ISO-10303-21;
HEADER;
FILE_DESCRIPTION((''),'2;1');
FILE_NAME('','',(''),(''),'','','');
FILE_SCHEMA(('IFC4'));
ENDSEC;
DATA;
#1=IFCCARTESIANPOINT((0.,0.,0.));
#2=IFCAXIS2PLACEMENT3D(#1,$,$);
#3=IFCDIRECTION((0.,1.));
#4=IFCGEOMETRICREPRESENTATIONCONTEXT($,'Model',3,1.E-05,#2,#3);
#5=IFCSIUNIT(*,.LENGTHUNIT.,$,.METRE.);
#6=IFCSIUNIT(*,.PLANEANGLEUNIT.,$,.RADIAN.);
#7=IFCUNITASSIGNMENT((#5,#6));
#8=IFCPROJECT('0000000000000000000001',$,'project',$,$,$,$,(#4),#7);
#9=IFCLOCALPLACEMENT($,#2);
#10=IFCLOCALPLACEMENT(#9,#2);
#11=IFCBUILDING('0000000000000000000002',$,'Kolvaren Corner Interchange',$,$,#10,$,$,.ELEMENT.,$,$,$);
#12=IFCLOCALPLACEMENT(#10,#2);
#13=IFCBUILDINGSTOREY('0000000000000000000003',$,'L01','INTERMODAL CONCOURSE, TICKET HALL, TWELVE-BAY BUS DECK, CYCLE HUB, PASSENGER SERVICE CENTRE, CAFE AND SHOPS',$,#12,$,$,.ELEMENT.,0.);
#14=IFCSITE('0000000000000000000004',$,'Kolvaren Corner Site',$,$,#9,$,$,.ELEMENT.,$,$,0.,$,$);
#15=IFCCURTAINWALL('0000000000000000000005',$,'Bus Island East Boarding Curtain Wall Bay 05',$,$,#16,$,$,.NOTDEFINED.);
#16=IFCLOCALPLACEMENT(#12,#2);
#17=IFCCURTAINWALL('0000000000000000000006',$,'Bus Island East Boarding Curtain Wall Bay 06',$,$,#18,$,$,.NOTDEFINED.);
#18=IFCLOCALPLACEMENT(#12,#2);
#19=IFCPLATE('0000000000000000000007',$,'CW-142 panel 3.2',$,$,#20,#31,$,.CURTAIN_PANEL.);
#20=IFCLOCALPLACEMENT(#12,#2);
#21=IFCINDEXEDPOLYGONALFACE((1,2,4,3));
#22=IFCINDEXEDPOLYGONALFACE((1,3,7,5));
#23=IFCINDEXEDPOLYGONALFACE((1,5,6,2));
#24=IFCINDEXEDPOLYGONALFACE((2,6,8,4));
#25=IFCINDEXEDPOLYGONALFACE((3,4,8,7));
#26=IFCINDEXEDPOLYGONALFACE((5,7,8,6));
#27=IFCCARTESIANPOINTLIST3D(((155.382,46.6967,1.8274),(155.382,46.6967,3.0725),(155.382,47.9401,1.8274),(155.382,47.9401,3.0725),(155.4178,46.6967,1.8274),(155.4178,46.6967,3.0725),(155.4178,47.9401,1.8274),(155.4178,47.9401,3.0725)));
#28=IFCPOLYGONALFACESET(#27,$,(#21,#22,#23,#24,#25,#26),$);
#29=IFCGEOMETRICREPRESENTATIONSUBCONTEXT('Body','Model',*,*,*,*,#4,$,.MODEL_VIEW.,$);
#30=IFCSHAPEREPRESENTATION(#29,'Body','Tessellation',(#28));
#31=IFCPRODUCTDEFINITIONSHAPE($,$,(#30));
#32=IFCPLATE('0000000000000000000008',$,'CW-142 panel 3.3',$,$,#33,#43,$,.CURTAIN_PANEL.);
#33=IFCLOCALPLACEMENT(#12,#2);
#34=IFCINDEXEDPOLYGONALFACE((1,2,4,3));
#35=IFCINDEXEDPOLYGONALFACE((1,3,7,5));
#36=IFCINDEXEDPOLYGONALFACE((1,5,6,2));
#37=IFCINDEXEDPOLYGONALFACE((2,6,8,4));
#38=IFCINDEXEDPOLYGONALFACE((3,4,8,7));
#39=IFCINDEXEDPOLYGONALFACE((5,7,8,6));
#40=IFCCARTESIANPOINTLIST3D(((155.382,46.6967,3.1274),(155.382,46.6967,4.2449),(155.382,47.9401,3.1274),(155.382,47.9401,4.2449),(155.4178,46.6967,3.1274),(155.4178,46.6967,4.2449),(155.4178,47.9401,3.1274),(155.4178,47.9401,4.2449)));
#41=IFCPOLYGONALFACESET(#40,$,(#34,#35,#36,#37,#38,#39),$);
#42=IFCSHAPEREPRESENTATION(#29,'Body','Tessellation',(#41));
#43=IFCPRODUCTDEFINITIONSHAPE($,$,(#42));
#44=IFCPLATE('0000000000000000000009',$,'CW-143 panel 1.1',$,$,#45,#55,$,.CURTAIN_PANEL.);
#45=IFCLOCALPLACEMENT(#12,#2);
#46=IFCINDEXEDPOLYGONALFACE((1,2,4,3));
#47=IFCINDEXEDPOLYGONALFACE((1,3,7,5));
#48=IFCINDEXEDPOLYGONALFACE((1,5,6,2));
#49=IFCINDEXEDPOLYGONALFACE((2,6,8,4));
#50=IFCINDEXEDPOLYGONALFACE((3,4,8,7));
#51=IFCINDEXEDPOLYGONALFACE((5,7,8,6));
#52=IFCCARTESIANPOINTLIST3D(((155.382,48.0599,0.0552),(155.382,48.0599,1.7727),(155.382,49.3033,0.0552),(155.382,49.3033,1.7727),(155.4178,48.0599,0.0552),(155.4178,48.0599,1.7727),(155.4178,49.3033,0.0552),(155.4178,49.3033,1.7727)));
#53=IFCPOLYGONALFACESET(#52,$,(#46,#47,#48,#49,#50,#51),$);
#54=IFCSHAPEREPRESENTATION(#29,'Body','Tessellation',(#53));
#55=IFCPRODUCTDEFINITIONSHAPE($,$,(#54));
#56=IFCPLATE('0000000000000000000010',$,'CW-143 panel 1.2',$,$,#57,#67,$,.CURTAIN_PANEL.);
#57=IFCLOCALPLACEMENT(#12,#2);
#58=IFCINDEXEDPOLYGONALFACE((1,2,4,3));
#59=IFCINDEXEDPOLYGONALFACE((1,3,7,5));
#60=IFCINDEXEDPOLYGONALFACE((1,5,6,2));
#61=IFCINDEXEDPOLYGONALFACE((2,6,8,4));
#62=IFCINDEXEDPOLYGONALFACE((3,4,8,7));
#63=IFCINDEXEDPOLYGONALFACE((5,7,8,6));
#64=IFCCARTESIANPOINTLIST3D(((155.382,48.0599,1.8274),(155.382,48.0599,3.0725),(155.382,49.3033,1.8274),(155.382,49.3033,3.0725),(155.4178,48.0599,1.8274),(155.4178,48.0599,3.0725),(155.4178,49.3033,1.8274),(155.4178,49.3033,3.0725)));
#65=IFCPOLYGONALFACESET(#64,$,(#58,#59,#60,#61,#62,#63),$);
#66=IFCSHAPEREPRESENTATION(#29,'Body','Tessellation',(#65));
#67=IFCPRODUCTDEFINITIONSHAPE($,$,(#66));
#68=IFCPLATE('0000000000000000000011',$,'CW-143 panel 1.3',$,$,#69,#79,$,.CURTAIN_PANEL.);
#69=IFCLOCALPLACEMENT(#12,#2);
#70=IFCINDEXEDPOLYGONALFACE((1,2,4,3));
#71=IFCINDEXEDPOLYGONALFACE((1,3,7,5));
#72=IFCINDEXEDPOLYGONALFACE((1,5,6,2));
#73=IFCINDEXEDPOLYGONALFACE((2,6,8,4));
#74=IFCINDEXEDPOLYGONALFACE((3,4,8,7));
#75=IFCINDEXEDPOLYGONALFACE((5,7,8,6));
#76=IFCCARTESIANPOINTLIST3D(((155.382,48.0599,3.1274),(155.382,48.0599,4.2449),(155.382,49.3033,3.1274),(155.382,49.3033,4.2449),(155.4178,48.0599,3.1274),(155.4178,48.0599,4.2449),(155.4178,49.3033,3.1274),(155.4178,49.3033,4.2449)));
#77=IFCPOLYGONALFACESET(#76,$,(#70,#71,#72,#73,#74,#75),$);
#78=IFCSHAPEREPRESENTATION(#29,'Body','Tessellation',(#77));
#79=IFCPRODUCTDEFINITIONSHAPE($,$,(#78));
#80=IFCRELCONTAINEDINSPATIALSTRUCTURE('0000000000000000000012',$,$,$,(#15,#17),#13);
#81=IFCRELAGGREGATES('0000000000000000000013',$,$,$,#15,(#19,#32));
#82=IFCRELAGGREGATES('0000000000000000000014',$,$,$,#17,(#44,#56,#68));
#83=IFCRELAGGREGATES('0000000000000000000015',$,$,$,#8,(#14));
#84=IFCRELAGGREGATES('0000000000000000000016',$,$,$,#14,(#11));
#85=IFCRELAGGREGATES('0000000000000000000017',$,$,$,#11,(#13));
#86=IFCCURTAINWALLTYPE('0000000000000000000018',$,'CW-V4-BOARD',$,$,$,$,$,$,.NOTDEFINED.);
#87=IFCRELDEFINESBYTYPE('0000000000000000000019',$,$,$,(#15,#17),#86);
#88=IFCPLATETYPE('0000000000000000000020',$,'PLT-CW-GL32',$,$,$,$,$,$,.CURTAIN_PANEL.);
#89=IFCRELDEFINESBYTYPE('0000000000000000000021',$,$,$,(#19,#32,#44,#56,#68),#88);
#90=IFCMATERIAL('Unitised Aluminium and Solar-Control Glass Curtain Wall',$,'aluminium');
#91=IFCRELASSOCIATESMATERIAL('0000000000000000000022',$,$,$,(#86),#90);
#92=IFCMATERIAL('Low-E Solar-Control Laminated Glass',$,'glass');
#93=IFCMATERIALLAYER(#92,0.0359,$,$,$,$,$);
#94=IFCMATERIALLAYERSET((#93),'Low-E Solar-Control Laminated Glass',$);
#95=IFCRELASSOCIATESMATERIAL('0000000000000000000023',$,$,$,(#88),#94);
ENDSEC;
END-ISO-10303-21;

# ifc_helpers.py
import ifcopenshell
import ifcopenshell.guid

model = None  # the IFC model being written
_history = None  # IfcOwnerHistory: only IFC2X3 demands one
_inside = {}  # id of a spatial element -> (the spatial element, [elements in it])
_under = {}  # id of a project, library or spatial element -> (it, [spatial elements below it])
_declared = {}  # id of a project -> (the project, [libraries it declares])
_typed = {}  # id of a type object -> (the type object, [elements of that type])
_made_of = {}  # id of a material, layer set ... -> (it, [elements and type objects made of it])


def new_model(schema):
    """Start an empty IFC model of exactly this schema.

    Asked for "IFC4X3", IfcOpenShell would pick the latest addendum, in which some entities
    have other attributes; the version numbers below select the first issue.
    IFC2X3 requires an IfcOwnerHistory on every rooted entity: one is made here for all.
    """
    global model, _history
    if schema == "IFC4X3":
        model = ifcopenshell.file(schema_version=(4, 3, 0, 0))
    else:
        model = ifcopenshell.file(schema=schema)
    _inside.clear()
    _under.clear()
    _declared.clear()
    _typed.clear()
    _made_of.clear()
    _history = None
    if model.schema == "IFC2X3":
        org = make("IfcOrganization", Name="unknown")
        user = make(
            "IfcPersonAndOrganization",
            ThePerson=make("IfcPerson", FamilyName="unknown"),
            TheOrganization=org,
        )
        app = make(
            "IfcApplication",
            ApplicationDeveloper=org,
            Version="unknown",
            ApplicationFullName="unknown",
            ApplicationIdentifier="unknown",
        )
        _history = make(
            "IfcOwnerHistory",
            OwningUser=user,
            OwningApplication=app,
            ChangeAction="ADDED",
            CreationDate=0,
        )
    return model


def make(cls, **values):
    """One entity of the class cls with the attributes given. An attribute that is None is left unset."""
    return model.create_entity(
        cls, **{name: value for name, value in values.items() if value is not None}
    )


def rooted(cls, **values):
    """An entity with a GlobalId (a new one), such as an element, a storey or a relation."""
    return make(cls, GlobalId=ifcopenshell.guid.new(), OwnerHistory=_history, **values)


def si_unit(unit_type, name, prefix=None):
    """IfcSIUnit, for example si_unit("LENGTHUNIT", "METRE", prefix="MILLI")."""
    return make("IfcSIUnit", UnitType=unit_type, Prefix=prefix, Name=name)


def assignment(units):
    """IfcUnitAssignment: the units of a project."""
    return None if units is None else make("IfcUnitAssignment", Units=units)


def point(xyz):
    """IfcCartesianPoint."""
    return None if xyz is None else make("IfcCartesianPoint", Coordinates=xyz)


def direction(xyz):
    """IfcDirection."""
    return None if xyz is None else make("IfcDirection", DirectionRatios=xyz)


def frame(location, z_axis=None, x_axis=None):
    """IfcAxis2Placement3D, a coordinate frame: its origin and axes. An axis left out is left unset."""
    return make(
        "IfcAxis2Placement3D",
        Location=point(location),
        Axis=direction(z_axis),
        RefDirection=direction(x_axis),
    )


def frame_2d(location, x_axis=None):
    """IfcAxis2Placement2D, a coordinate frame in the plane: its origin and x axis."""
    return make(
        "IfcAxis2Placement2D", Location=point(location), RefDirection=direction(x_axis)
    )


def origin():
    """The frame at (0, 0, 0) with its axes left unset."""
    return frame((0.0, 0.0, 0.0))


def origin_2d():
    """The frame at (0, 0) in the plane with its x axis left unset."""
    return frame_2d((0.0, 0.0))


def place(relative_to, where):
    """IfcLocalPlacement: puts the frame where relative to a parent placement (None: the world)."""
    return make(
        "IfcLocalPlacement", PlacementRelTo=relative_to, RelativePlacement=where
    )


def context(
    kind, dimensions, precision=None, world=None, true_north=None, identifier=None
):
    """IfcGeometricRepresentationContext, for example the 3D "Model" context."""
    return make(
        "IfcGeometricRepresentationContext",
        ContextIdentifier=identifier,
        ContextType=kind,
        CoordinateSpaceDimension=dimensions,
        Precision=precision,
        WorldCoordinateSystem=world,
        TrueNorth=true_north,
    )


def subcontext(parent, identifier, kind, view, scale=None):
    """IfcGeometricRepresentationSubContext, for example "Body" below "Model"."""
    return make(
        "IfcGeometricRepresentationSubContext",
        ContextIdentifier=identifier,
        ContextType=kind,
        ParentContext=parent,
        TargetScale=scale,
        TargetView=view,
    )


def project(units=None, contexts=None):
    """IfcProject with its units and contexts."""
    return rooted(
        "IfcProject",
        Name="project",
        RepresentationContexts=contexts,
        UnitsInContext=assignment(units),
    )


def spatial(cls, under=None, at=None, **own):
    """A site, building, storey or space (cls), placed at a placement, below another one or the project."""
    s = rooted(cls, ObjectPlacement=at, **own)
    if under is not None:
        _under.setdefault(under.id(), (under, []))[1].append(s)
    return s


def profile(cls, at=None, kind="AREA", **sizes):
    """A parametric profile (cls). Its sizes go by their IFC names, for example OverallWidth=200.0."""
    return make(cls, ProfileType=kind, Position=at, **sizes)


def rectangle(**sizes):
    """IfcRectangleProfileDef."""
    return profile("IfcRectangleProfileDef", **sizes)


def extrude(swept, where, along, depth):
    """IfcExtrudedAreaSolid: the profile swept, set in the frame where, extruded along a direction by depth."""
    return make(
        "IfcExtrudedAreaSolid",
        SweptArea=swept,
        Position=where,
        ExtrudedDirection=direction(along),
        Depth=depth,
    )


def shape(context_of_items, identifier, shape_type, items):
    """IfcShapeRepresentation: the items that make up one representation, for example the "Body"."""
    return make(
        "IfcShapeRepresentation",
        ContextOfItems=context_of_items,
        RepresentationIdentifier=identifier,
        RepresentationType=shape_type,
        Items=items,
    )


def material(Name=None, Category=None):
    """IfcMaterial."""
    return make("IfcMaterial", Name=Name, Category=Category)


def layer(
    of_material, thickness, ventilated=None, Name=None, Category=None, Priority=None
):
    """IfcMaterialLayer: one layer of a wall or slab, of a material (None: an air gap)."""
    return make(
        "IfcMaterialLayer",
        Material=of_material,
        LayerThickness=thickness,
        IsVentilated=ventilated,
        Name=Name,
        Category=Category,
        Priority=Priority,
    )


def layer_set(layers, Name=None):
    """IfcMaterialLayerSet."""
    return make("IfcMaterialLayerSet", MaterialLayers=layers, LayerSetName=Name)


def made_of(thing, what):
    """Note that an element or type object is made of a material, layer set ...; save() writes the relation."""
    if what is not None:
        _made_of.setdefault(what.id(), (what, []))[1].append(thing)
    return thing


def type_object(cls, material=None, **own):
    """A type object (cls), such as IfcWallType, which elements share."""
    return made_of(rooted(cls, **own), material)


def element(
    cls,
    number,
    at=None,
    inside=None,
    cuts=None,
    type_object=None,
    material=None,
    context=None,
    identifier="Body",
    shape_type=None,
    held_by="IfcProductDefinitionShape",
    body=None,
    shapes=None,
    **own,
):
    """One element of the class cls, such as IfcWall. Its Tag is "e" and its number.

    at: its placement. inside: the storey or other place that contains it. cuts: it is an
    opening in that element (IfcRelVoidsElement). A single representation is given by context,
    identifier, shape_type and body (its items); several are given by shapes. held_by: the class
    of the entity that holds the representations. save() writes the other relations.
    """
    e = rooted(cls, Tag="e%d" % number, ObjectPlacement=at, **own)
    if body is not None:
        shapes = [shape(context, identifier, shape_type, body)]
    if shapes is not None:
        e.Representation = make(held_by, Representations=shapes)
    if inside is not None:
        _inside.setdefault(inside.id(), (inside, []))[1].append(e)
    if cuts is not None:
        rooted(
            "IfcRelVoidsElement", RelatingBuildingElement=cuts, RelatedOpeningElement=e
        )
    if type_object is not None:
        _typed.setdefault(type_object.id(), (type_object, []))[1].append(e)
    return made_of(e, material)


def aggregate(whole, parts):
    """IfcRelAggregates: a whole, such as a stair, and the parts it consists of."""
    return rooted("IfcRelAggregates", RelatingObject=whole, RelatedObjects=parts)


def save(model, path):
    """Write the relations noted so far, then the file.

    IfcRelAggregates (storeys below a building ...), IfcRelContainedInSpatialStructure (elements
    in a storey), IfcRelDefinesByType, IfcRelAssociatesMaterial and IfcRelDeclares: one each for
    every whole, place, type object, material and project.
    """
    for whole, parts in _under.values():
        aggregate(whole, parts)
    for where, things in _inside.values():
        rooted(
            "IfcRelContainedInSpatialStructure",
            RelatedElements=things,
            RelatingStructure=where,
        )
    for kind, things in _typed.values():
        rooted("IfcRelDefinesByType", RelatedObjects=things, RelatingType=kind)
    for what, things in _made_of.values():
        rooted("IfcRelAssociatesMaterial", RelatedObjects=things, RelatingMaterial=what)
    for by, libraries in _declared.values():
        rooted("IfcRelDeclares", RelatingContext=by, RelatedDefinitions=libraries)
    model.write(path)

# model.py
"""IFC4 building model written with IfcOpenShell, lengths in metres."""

from ifc_helpers import new_model, si_unit, direction, frame, origin, origin_2d, place, context, subcontext, project, spatial, rectangle, extrude, material, layer, layer_set, type_object, element, aggregate, save


model = new_model("IFC4")

# Units and contexts
model_context = context("Model", 3, precision=1e-05, world=origin(), true_north=direction((0.0, 1.0)))
body_context = subcontext(model_context, "Body", "Model", "MODEL_VIEW")
ifc_project = project(units=[si_unit("LENGTHUNIT", "METRE"), si_unit("PLANEANGLEUNIT", "RADIAN")], contexts=[model_context])

# Site, building, storey
site_placement = place(None, origin())
site = spatial("IfcSite", under=ifc_project, at=site_placement, Name="Kolvaren Corner Site", CompositionType="ELEMENT", RefElevation=0.0)
building_placement = place(site_placement, origin())
building = spatial("IfcBuilding", under=site, at=building_placement, Name="Kolvaren Corner Interchange", CompositionType="ELEMENT")
storey_placement = place(building_placement, origin())
storey = spatial("IfcBuildingStorey", under=building, at=storey_placement, Name="L01", Description="INTERMODAL CONCOURSE, TICKET HALL, TWELVE-BAY BUS DECK, CYCLE HUB, PASSENGER SERVICE CENTRE, CAFE AND SHOPS", CompositionType="ELEMENT", Elevation=0.0)

# Curtain walls
ifc_material_1 = material(Name="Unitised Aluminium and Solar-Control Glass Curtain Wall", Category="aluminium")
curtain_wall_type = type_object("IfcCurtainWallType", Name="CW-V4-BOARD", PredefinedType="NOTDEFINED", material=ifc_material_1)
curtain_wall_1_placement = place(storey_placement, origin())
curtain_wall_1 = element("IfcCurtainWall", 1, at=curtain_wall_1_placement, inside=storey, type_object=curtain_wall_type, Name="Bus Island East Boarding Curtain Wall Bay 05", PredefinedType="NOTDEFINED")
curtain_wall_2_placement = place(storey_placement, origin())
curtain_wall_2 = element("IfcCurtainWall", 2, at=curtain_wall_2_placement, inside=storey, type_object=curtain_wall_type, Name="Bus Island East Boarding Curtain Wall Bay 06", PredefinedType="NOTDEFINED")

# Plates
ifc_material_2 = material(Name="Low-E Solar-Control Laminated Glass", Category="glass")
ifc_layer = layer(ifc_material_2, 0.0359)
ifc_layer_set = layer_set([ifc_layer], Name="Low-E Solar-Control Laminated Glass")
plate_type = type_object("IfcPlateType", Name="PLT-CW-GL32", PredefinedType="CURTAIN_PANEL", material=ifc_layer_set)
plate_1_placement = place(storey_placement, frame((155.3999, 47.3184, 1.8274), z_axis=(0.0, 0.0, 1.0), x_axis=(0.0, 1.0, 0.0)))
plate_1 = element("IfcPlate", 3, at=plate_1_placement, type_object=plate_type, Name="CW-142 panel 3.2", PredefinedType="CURTAIN_PANEL", context=body_context, shape_type="SweptSolid", body=[
    extrude(rectangle(XDim=1.2434, YDim=0.0359, at=origin_2d()), origin(), (0.0, 0.0, 1.0), 1.2451),
])
plate_2_placement = place(storey_placement, frame((155.3999, 47.3184, 3.1274), z_axis=(0.0, 0.0, 1.0), x_axis=(0.0, 1.0, 0.0)))
plate_2 = element("IfcPlate", 4, at=plate_2_placement, type_object=plate_type, Name="CW-142 panel 3.3", PredefinedType="CURTAIN_PANEL", context=body_context, shape_type="SweptSolid", body=[
    extrude(rectangle(XDim=1.2434, YDim=0.0359, at=origin_2d()), origin(), (0.0, 0.0, 1.0), 1.1174),
])
aggregate(curtain_wall_1, [plate_1, plate_2])
plate_3_placement = place(storey_placement, frame((155.3999, 48.6816, 0.0552), z_axis=(0.0, 0.0, 1.0), x_axis=(0.0, 1.0, 0.0)))
plate_3 = element("IfcPlate", 5, at=plate_3_placement, type_object=plate_type, Name="CW-143 panel 1.1", PredefinedType="CURTAIN_PANEL", context=body_context, shape_type="SweptSolid", body=[
    extrude(rectangle(XDim=1.2434, YDim=0.0359, at=origin_2d()), origin(), (0.0, 0.0, 1.0), 1.7175),
])
plate_4_placement = place(storey_placement, frame((155.3999, 48.6816, 1.8274), z_axis=(0.0, 0.0, 1.0), x_axis=(0.0, 1.0, 0.0)))
plate_4 = element("IfcPlate", 6, at=plate_4_placement, type_object=plate_type, Name="CW-143 panel 1.2", PredefinedType="CURTAIN_PANEL", context=body_context, shape_type="SweptSolid", body=[
    extrude(rectangle(XDim=1.2434, YDim=0.0359, at=origin_2d()), origin(), (0.0, 0.0, 1.0), 1.2451),
])
plate_5_placement = place(storey_placement, frame((155.3999, 48.6816, 3.1274), z_axis=(0.0, 0.0, 1.0), x_axis=(0.0, 1.0, 0.0)))
plate_5 = element("IfcPlate", 7, at=plate_5_placement, type_object=plate_type, Name="CW-143 panel 1.3", PredefinedType="CURTAIN_PANEL", context=body_context, shape_type="SweptSolid", body=[
    extrude(rectangle(XDim=1.2434, YDim=0.0359, at=origin_2d()), origin(), (0.0, 0.0, 1.0), 1.1174),
])
aggregate(curtain_wall_2, [plate_3, plate_4, plate_5])

save(model, "model.ifc")
